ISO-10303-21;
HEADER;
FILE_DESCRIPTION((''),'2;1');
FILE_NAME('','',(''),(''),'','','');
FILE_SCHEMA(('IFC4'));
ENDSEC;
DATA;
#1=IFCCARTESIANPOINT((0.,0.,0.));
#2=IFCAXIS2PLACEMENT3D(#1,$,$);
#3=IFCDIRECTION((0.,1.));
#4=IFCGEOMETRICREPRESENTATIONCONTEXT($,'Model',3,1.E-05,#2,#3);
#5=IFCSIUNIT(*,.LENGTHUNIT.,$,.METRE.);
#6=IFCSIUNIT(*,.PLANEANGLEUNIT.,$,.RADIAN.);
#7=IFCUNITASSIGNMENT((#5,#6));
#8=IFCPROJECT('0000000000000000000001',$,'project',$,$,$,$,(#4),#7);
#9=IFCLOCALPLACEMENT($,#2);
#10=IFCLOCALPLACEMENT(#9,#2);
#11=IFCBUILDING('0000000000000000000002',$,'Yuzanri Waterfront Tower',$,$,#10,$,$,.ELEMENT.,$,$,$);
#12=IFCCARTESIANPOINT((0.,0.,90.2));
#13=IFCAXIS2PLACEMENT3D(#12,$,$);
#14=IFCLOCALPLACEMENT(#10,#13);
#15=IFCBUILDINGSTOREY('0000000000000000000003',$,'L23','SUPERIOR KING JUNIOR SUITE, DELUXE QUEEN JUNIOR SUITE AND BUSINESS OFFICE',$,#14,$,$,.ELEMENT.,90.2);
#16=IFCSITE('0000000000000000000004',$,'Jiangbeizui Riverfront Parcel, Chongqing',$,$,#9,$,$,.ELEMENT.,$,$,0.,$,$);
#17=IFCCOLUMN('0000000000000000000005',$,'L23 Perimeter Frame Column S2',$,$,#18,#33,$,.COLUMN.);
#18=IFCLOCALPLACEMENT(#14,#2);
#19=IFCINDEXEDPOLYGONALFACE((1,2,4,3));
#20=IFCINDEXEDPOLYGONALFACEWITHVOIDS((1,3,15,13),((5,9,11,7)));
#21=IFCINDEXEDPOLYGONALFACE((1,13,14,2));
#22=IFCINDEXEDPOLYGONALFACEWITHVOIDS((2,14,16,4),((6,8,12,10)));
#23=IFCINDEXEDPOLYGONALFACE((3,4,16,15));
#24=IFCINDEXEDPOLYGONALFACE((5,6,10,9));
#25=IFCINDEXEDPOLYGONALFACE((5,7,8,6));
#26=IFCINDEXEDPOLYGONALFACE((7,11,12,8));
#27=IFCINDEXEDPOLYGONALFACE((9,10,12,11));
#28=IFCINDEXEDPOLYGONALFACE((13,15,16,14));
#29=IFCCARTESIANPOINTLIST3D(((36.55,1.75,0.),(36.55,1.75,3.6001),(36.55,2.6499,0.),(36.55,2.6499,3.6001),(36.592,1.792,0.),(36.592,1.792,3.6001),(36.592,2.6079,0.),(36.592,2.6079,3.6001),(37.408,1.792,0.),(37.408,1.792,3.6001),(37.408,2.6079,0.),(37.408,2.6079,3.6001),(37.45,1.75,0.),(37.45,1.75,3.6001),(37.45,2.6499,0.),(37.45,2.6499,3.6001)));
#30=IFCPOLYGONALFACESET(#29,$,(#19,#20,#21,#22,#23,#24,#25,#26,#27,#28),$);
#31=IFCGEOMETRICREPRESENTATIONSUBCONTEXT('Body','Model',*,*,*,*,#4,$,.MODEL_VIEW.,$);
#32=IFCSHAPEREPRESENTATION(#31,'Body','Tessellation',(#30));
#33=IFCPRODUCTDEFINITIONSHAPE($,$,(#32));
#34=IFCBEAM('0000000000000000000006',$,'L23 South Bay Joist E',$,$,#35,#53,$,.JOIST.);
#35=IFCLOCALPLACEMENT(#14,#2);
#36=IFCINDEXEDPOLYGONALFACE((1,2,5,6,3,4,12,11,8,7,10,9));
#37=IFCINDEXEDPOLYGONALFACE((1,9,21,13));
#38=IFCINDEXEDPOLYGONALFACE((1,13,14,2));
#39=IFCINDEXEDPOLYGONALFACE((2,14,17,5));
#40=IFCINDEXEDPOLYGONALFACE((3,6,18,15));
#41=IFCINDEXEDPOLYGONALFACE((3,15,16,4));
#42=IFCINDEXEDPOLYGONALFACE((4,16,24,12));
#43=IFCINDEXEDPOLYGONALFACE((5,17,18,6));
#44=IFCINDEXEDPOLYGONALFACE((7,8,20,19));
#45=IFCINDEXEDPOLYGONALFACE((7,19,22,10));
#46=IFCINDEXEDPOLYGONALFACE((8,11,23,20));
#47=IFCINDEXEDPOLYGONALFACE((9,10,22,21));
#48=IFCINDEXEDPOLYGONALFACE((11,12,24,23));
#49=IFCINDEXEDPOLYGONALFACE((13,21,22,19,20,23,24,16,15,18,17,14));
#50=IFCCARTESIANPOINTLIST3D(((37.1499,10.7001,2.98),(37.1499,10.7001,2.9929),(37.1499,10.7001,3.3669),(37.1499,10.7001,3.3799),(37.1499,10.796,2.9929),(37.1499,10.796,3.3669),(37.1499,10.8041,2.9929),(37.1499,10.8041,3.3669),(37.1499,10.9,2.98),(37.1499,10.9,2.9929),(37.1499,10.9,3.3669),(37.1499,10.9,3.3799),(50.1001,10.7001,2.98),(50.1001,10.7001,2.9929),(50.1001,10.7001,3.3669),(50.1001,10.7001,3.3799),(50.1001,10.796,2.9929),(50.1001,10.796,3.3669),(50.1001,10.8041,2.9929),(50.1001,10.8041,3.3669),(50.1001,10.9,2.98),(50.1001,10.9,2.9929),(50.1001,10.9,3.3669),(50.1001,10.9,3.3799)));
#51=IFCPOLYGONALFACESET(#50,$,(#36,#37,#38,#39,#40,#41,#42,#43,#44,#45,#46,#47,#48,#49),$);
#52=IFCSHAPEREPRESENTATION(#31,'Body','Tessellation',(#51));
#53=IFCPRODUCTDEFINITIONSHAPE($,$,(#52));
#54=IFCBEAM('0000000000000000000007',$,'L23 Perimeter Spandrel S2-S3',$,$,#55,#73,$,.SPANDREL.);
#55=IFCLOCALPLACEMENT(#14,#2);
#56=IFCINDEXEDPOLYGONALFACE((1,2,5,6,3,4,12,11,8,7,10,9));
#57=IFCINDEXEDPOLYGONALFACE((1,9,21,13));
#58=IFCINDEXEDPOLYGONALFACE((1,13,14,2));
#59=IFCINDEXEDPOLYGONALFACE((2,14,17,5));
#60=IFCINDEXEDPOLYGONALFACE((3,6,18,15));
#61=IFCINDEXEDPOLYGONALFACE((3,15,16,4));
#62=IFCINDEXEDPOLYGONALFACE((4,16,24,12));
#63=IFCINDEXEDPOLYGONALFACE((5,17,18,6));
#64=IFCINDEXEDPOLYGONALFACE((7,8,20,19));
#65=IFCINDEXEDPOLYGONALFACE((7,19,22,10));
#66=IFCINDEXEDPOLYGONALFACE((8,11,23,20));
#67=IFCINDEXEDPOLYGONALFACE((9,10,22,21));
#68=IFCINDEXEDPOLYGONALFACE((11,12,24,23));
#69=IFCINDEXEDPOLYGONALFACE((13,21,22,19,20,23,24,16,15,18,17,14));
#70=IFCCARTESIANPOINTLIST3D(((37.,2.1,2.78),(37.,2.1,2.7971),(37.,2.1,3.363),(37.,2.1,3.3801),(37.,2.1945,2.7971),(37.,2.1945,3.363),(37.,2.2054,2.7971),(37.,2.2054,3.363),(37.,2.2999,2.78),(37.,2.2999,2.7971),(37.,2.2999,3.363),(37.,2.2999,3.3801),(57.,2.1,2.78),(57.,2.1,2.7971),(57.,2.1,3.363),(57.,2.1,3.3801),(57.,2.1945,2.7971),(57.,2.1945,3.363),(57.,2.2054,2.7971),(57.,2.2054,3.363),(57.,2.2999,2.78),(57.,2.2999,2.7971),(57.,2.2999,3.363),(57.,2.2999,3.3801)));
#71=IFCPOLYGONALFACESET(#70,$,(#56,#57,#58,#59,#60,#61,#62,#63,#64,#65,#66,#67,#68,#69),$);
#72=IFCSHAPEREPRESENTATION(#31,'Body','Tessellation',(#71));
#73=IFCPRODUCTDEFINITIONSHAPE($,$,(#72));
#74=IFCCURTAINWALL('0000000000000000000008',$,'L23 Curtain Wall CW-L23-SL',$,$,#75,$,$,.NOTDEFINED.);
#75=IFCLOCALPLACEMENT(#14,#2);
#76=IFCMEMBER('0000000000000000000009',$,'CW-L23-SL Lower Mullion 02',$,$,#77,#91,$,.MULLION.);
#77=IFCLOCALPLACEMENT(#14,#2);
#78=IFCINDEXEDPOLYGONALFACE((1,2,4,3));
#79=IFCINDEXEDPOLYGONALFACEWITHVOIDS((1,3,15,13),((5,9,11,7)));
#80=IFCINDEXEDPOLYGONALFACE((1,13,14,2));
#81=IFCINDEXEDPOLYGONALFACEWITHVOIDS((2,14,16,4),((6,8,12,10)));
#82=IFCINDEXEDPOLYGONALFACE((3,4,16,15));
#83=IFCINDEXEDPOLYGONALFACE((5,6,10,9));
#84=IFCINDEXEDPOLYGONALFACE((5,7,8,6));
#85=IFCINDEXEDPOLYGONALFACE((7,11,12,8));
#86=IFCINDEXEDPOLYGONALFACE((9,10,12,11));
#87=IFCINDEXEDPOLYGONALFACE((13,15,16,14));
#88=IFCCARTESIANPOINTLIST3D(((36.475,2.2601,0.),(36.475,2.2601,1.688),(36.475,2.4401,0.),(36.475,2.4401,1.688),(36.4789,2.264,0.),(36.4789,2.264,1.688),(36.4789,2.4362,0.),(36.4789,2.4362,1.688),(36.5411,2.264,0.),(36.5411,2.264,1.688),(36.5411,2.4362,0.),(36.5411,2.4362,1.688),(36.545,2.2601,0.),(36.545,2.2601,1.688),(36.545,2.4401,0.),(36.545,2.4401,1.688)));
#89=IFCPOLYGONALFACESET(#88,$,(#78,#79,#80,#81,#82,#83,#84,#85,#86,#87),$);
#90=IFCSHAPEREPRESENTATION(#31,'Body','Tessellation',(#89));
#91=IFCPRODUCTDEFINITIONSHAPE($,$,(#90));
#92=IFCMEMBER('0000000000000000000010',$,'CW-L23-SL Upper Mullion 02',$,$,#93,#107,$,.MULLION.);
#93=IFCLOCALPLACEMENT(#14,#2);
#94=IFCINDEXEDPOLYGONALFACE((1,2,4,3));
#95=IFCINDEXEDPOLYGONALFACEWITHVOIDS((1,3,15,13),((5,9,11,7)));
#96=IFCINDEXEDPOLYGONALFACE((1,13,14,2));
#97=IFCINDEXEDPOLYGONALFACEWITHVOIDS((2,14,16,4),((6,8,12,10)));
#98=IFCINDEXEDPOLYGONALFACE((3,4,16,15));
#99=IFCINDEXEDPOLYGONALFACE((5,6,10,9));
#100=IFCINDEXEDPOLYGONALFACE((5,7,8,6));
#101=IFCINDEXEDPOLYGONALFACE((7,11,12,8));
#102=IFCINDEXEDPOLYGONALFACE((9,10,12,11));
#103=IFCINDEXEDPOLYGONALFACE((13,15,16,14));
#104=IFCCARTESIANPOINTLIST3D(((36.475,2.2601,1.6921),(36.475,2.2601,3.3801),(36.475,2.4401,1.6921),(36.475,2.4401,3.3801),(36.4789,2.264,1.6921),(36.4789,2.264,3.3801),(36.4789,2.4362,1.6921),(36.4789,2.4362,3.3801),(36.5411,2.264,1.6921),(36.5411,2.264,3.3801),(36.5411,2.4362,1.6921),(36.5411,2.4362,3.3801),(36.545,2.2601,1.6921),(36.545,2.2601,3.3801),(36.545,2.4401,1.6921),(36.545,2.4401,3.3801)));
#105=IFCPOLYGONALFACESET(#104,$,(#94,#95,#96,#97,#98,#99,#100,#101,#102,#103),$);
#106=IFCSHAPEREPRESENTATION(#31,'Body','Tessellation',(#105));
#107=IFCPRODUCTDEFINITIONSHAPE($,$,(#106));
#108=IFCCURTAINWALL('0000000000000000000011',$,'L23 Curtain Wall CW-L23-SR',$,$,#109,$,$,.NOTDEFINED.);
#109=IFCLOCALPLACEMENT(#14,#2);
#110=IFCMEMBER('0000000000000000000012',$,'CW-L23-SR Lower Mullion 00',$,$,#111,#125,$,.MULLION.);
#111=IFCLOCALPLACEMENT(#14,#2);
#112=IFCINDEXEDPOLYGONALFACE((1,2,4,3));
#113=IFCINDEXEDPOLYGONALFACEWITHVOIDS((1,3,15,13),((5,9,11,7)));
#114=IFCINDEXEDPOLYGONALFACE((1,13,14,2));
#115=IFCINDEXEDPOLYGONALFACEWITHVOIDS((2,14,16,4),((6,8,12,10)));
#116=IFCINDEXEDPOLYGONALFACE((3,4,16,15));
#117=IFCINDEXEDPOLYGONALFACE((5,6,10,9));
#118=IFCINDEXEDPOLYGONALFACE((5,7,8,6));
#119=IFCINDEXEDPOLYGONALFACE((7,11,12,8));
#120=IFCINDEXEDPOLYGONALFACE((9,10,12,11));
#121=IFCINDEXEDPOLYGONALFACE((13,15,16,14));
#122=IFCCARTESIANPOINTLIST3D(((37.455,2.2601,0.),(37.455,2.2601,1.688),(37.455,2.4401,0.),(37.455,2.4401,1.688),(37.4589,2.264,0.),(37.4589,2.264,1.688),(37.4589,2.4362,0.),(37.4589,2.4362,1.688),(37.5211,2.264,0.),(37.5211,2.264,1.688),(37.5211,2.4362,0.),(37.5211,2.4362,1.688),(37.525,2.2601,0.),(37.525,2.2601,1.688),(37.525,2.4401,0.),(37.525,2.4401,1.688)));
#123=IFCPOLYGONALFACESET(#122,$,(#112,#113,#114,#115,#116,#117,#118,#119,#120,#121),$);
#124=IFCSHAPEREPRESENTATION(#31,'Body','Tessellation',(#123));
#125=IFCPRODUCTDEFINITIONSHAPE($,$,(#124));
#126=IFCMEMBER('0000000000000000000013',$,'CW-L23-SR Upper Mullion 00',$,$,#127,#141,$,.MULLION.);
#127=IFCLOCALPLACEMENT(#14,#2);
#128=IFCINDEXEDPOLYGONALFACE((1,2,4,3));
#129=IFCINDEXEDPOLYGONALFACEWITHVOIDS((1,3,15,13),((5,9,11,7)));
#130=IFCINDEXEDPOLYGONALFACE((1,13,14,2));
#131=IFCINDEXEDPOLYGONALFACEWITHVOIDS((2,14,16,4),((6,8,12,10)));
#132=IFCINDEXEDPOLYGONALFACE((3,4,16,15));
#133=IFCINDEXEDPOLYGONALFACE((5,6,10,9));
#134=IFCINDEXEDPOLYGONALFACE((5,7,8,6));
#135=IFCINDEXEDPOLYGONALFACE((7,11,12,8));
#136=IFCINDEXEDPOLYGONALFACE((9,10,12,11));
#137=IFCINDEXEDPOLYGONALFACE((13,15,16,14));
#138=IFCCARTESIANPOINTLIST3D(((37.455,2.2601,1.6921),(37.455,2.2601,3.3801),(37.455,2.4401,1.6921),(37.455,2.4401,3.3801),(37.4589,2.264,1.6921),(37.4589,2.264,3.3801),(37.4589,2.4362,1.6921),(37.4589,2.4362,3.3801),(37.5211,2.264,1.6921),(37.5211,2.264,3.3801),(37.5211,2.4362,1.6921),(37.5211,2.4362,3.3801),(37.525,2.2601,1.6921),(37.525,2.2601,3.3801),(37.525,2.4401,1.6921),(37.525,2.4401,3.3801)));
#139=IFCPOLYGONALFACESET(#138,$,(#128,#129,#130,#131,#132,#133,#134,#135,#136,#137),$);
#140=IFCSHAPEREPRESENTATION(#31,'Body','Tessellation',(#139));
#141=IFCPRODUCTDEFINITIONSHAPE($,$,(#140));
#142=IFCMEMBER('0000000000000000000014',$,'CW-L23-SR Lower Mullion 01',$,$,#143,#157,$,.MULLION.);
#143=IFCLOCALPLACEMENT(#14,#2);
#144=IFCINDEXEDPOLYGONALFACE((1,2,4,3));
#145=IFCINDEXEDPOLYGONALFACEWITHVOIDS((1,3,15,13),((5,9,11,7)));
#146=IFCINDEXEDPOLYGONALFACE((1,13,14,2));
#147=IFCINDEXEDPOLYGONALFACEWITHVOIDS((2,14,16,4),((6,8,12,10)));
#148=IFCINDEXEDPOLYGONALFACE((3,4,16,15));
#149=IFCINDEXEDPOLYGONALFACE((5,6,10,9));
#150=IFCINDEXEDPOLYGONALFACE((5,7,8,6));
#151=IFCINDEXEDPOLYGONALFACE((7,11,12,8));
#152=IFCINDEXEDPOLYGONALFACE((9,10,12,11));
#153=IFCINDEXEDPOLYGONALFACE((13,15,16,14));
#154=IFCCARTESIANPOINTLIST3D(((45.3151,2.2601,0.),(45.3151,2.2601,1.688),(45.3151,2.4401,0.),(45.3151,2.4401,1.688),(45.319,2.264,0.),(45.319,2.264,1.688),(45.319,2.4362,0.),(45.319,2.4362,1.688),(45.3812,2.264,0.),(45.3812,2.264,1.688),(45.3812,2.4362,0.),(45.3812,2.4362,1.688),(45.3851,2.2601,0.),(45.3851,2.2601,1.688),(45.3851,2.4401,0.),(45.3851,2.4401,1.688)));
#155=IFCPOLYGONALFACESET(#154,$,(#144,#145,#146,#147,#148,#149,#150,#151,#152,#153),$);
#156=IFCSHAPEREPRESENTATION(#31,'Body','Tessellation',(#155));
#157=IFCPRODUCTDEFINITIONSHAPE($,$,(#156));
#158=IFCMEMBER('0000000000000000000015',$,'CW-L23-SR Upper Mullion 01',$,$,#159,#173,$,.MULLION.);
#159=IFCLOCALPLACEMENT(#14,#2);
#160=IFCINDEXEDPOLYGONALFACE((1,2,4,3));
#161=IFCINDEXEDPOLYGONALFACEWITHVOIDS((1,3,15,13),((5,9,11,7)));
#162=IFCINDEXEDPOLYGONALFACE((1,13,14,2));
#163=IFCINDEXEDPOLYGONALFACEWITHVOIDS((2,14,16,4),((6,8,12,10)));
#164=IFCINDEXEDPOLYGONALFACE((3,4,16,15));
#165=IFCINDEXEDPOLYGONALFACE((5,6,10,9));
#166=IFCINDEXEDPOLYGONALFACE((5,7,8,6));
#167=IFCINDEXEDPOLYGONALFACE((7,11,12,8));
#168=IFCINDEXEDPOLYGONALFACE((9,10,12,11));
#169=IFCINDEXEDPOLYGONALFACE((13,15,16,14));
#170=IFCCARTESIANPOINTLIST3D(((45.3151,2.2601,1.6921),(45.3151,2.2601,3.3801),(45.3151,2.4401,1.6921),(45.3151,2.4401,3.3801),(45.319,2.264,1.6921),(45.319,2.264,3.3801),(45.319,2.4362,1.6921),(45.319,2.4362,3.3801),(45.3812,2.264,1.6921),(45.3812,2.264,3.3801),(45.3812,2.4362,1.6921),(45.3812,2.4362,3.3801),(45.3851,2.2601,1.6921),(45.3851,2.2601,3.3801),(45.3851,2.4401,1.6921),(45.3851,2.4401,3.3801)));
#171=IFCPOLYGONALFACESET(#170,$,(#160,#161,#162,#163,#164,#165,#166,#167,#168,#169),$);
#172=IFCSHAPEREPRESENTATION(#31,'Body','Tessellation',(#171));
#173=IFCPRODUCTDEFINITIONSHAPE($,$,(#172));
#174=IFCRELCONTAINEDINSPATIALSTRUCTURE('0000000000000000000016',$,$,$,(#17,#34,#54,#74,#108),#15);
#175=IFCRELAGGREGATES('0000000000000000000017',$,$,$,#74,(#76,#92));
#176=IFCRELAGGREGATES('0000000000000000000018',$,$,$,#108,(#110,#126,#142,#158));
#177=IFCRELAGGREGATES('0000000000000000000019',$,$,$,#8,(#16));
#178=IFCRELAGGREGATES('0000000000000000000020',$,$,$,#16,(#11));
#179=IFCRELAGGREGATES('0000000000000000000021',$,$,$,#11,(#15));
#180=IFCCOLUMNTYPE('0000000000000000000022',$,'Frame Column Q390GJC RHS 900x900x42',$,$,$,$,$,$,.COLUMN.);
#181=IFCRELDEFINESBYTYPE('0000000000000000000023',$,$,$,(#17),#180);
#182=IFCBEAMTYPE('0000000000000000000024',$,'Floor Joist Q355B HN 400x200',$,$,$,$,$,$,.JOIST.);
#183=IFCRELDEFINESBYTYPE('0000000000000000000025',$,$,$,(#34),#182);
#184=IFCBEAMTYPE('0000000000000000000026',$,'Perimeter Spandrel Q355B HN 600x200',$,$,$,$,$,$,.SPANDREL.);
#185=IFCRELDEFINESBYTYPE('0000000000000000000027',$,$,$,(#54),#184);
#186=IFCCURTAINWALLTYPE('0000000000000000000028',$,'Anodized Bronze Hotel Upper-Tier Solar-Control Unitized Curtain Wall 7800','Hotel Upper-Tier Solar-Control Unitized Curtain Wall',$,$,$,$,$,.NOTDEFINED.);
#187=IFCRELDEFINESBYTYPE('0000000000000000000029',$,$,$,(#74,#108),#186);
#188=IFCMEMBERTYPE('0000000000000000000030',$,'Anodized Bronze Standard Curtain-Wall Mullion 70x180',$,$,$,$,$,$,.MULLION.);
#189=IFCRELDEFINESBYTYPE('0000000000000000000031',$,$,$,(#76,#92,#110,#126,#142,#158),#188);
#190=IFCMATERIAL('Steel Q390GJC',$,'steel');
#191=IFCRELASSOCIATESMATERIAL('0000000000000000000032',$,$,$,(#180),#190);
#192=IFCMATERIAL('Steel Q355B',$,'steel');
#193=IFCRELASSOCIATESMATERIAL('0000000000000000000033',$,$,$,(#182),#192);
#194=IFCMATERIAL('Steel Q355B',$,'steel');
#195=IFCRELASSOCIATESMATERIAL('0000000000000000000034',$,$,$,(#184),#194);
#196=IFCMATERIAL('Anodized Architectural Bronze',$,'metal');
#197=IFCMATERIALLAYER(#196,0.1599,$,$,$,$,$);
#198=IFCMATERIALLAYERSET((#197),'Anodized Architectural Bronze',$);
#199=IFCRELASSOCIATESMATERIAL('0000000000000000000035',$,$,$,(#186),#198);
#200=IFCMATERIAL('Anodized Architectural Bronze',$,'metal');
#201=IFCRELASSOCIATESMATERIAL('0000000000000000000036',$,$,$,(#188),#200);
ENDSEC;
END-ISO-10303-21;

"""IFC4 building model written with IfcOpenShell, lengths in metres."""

from ifc_helpers import new_model, si_unit, direction, frame, origin, origin_2d, place, context, subcontext, project, spatial, hollow_rectangle, i_section, extrude, source, transform, mapped, material, layer, layer_set, material_profile, profile_set, type_object, element, aggregate, save


model = new_model("IFC4")

# Units and contexts
model_context = context("Model", 3, precision=1e-05, world=origin(), true_north=direction((0.0, 1.0)))
body_context = subcontext(model_context, "Body", "Model", "MODEL_VIEW")
ifc_project = project(units=[si_unit("LENGTHUNIT", "METRE"), si_unit("PLANEANGLEUNIT", "RADIAN")], contexts=[model_context])

# Site, building, storey
site_placement = place(None, origin())
site = spatial("IfcSite", under=ifc_project, at=site_placement, Name="Jiangbeizui Riverfront Parcel, Chongqing", CompositionType="ELEMENT", RefElevation=0.0)
building_placement = place(site_placement, origin())
building = spatial("IfcBuilding", under=site, at=building_placement, Name="Yuzanri Waterfront Tower", CompositionType="ELEMENT")
storey_placement = place(building_placement, frame((0.0, 0.0, 90.2)))
storey = spatial("IfcBuildingStorey", under=building, at=storey_placement, Name="L23", Description="SUPERIOR KING JUNIOR SUITE, DELUXE QUEEN JUNIOR SUITE AND BUSINESS OFFICE", CompositionType="ELEMENT", Elevation=90.2)

# Column
ifc_material_1 = material(Name="Steel Q390GJC", Category="steel")
ifc_material_profile_1 = material_profile(ifc_material_1, hollow_rectangle(XDim=0.8999, YDim=0.8999, WallThickness=0.042, at=origin_2d()), Name="RHS 900x900x42")
ifc_profile_set_1 = profile_set([ifc_material_profile_1], Name="Steel Q390GJC")
column_type = type_object("IfcColumnType", Name="Frame Column Q390GJC RHS 900x900x42", PredefinedType="COLUMN", material=ifc_profile_set_1)
shared_shape_1 = source(origin(), body_context, "Body", "SweptSolid", [
    extrude(hollow_rectangle(XDim=0.8999, YDim=0.8999, WallThickness=0.042, at=origin_2d()), origin(), (0.0, 0.0, 1.0), 3.6001),
])
column_placement = place(storey_placement, frame((37.0, 2.2, 0.0), z_axis=(0.0, 0.0, 1.0), x_axis=(1.0, 0.0, 0.0)))
element("IfcColumn", 1, at=column_placement, inside=storey, type_object=column_type, Name="L23 Perimeter Frame Column S2", PredefinedType="COLUMN", context=body_context, shape_type="MappedRepresentation", body=[
    mapped(shared_shape_1, transform((0.0, 0.0, 0.0), scale=1.0)),
])

# Beams
ifc_material_2 = material(Name="Steel Q355B", Category="steel")
ifc_material_profile_2 = material_profile(ifc_material_2, i_section(OverallWidth=0.2, OverallDepth=0.3999, WebThickness=0.0081, FlangeThickness=0.0129, at=origin_2d()), Name="HN 400x200x8x13")
ifc_profile_set_2 = profile_set([ifc_material_profile_2], Name="Steel Q355B")
beam_type_1 = type_object("IfcBeamType", Name="Floor Joist Q355B HN 400x200", PredefinedType="JOIST", material=ifc_profile_set_2)
shared_shape_2 = source(origin(), body_context, "Body", "SweptSolid", [
    extrude(i_section(OverallWidth=0.2, OverallDepth=0.3999, WebThickness=0.0081, FlangeThickness=0.0129, at=origin_2d()), origin(), (0.0, 0.0, 1.0), 12.9502),
])
beam_1_placement = place(storey_placement, frame((37.1499, 10.8, 3.1799), z_axis=(1.0, 0.0, 0.0), x_axis=(0.0, 1.0, 0.0)))
element("IfcBeam", 2, at=beam_1_placement, inside=storey, type_object=beam_type_1, Name="L23 South Bay Joist E", PredefinedType="JOIST", context=body_context, shape_type="MappedRepresentation", body=[
    mapped(shared_shape_2, transform((0.0, 0.0, 0.0), scale=1.0)),
])
ifc_material_3 = material(Name="Steel Q355B", Category="steel")
ifc_material_profile_3 = material_profile(ifc_material_3, i_section(OverallWidth=0.2, OverallDepth=0.6001, WebThickness=0.011, FlangeThickness=0.0171, at=origin_2d()), Name="HN 600x200x11x17")
ifc_profile_set_3 = profile_set([ifc_material_profile_3], Name="Steel Q355B")
beam_type_2 = type_object("IfcBeamType", Name="Perimeter Spandrel Q355B HN 600x200", PredefinedType="SPANDREL", material=ifc_profile_set_3)
shared_shape_3 = source(origin(), body_context, "Body", "SweptSolid", [
    extrude(i_section(OverallWidth=0.2, OverallDepth=0.6001, WebThickness=0.011, FlangeThickness=0.0171, at=origin_2d()), origin(), (0.0, 0.0, 1.0), 20.0),
])
beam_2_placement = place(storey_placement, frame((37.0, 2.2, 3.0801), z_axis=(1.0, 0.0, 0.0), x_axis=(0.0, 1.0, 0.0)))
element("IfcBeam", 3, at=beam_2_placement, inside=storey, type_object=beam_type_2, Name="L23 Perimeter Spandrel S2-S3", PredefinedType="SPANDREL", context=body_context, shape_type="MappedRepresentation", body=[
    mapped(shared_shape_3, transform((0.0, 0.0, 0.0), scale=1.0)),
])

# Curtain wall, members
ifc_material_4 = material(Name="Anodized Architectural Bronze", Category="metal")
ifc_layer_1 = layer(ifc_material_4, 0.1599)
ifc_layer_set_1 = layer_set([ifc_layer_1], Name="Anodized Architectural Bronze")
curtain_wall_type = type_object("IfcCurtainWallType", Name="Anodized Bronze Hotel Upper-Tier Solar-Control Unitized Curtain Wall 7800", Description="Hotel Upper-Tier Solar-Control Unitized Curtain Wall", PredefinedType="NOTDEFINED", material=ifc_layer_set_1)
curtain_wall_1_placement = place(storey_placement, origin())
curtain_wall_1 = element("IfcCurtainWall", 4, at=curtain_wall_1_placement, inside=storey, type_object=curtain_wall_type, Name="L23 Curtain Wall CW-L23-SL", PredefinedType="NOTDEFINED")
ifc_material_5 = material(Name="Anodized Architectural Bronze", Category="metal")
ifc_material_profile_4 = material_profile(ifc_material_5, hollow_rectangle(XDim=0.0701, YDim=0.1799, WallThickness=0.0039, at=origin_2d()), Name="CWM 70x180")
ifc_profile_set_4 = profile_set([ifc_material_profile_4], Name="Anodized Architectural Bronze")
member_type_1 = type_object("IfcMemberType", Name="Anodized Bronze Standard Curtain-Wall Mullion 70x180", PredefinedType="MULLION", material=ifc_profile_set_4)
shared_shape_4 = source(origin(), body_context, "Body", "SweptSolid", [
    extrude(hollow_rectangle(XDim=0.0701, YDim=0.1799, WallThickness=0.0039, at=origin_2d()), origin(), (0.0, 0.0, 1.0), 1.688),
])
member_1_placement = place(storey_placement, frame((36.51, 2.3501, 0.0), z_axis=(0.0, 0.0, 1.0), x_axis=(1.0, 0.0, 0.0)))
member_1 = element("IfcMember", 5, at=member_1_placement, type_object=member_type_1, Name="CW-L23-SL Lower Mullion 02", PredefinedType="MULLION", context=body_context, shape_type="MappedRepresentation", body=[
    mapped(shared_shape_4, transform((0.0, 0.0, 0.0), scale=1.0)),
])
member_2_placement = place(storey_placement, frame((36.51, 2.3501, 1.6921), z_axis=(0.0, 0.0, 1.0), x_axis=(1.0, 0.0, 0.0)))
member_2 = element("IfcMember", 6, at=member_2_placement, type_object=member_type_1, Name="CW-L23-SL Upper Mullion 02", PredefinedType="MULLION", context=body_context, shape_type="MappedRepresentation", body=[
    mapped(shared_shape_4, transform((0.0, 0.0, 0.0), scale=1.0)),
])
aggregate(curtain_wall_1, [member_1, member_2])

# Curtain wall, members
curtain_wall_2_placement = place(storey_placement, origin())
curtain_wall_2 = element("IfcCurtainWall", 7, at=curtain_wall_2_placement, inside=storey, type_object=curtain_wall_type, Name="L23 Curtain Wall CW-L23-SR", PredefinedType="NOTDEFINED")
member_3_placement = place(storey_placement, frame((37.49, 2.3501, 0.0), z_axis=(0.0, 0.0, 1.0), x_axis=(1.0, 0.0, 0.0)))
member_3 = element("IfcMember", 8, at=member_3_placement, type_object=member_type_1, Name="CW-L23-SR Lower Mullion 00", PredefinedType="MULLION", context=body_context, shape_type="MappedRepresentation", body=[
    mapped(shared_shape_4, transform((0.0, 0.0, 0.0), scale=1.0)),
])
member_4_placement = place(storey_placement, frame((37.49, 2.3501, 1.6921), z_axis=(0.0, 0.0, 1.0), x_axis=(1.0, 0.0, 0.0)))
member_4 = element("IfcMember", 9, at=member_4_placement, type_object=member_type_1, Name="CW-L23-SR Upper Mullion 00", PredefinedType="MULLION", context=body_context, shape_type="MappedRepresentation", body=[
    mapped(shared_shape_4, transform((0.0, 0.0, 0.0), scale=1.0)),
])
member_5_placement = place(storey_placement, frame((45.3501, 2.3501, 0.0), z_axis=(0.0, 0.0, 1.0), x_axis=(1.0, 0.0, 0.0)))
member_5 = element("IfcMember", 10, at=member_5_placement, type_object=member_type_1, Name="CW-L23-SR Lower Mullion 01", PredefinedType="MULLION", context=body_context, shape_type="MappedRepresentation", body=[
    mapped(shared_shape_4, transform((0.0, 0.0, 0.0), scale=1.0)),
])
member_6_placement = place(storey_placement, frame((45.3501, 2.3501, 1.6921), z_axis=(0.0, 0.0, 1.0), x_axis=(1.0, 0.0, 0.0)))
member_6 = element("IfcMember", 11, at=member_6_placement, type_object=member_type_1, Name="CW-L23-SR Upper Mullion 01", PredefinedType="MULLION", context=body_context, shape_type="MappedRepresentation", body=[
    mapped(shared_shape_4, transform((0.0, 0.0, 0.0), scale=1.0)),
])
aggregate(curtain_wall_2, [member_3, member_4, member_5, member_6])

save(model, "model.ifc")
